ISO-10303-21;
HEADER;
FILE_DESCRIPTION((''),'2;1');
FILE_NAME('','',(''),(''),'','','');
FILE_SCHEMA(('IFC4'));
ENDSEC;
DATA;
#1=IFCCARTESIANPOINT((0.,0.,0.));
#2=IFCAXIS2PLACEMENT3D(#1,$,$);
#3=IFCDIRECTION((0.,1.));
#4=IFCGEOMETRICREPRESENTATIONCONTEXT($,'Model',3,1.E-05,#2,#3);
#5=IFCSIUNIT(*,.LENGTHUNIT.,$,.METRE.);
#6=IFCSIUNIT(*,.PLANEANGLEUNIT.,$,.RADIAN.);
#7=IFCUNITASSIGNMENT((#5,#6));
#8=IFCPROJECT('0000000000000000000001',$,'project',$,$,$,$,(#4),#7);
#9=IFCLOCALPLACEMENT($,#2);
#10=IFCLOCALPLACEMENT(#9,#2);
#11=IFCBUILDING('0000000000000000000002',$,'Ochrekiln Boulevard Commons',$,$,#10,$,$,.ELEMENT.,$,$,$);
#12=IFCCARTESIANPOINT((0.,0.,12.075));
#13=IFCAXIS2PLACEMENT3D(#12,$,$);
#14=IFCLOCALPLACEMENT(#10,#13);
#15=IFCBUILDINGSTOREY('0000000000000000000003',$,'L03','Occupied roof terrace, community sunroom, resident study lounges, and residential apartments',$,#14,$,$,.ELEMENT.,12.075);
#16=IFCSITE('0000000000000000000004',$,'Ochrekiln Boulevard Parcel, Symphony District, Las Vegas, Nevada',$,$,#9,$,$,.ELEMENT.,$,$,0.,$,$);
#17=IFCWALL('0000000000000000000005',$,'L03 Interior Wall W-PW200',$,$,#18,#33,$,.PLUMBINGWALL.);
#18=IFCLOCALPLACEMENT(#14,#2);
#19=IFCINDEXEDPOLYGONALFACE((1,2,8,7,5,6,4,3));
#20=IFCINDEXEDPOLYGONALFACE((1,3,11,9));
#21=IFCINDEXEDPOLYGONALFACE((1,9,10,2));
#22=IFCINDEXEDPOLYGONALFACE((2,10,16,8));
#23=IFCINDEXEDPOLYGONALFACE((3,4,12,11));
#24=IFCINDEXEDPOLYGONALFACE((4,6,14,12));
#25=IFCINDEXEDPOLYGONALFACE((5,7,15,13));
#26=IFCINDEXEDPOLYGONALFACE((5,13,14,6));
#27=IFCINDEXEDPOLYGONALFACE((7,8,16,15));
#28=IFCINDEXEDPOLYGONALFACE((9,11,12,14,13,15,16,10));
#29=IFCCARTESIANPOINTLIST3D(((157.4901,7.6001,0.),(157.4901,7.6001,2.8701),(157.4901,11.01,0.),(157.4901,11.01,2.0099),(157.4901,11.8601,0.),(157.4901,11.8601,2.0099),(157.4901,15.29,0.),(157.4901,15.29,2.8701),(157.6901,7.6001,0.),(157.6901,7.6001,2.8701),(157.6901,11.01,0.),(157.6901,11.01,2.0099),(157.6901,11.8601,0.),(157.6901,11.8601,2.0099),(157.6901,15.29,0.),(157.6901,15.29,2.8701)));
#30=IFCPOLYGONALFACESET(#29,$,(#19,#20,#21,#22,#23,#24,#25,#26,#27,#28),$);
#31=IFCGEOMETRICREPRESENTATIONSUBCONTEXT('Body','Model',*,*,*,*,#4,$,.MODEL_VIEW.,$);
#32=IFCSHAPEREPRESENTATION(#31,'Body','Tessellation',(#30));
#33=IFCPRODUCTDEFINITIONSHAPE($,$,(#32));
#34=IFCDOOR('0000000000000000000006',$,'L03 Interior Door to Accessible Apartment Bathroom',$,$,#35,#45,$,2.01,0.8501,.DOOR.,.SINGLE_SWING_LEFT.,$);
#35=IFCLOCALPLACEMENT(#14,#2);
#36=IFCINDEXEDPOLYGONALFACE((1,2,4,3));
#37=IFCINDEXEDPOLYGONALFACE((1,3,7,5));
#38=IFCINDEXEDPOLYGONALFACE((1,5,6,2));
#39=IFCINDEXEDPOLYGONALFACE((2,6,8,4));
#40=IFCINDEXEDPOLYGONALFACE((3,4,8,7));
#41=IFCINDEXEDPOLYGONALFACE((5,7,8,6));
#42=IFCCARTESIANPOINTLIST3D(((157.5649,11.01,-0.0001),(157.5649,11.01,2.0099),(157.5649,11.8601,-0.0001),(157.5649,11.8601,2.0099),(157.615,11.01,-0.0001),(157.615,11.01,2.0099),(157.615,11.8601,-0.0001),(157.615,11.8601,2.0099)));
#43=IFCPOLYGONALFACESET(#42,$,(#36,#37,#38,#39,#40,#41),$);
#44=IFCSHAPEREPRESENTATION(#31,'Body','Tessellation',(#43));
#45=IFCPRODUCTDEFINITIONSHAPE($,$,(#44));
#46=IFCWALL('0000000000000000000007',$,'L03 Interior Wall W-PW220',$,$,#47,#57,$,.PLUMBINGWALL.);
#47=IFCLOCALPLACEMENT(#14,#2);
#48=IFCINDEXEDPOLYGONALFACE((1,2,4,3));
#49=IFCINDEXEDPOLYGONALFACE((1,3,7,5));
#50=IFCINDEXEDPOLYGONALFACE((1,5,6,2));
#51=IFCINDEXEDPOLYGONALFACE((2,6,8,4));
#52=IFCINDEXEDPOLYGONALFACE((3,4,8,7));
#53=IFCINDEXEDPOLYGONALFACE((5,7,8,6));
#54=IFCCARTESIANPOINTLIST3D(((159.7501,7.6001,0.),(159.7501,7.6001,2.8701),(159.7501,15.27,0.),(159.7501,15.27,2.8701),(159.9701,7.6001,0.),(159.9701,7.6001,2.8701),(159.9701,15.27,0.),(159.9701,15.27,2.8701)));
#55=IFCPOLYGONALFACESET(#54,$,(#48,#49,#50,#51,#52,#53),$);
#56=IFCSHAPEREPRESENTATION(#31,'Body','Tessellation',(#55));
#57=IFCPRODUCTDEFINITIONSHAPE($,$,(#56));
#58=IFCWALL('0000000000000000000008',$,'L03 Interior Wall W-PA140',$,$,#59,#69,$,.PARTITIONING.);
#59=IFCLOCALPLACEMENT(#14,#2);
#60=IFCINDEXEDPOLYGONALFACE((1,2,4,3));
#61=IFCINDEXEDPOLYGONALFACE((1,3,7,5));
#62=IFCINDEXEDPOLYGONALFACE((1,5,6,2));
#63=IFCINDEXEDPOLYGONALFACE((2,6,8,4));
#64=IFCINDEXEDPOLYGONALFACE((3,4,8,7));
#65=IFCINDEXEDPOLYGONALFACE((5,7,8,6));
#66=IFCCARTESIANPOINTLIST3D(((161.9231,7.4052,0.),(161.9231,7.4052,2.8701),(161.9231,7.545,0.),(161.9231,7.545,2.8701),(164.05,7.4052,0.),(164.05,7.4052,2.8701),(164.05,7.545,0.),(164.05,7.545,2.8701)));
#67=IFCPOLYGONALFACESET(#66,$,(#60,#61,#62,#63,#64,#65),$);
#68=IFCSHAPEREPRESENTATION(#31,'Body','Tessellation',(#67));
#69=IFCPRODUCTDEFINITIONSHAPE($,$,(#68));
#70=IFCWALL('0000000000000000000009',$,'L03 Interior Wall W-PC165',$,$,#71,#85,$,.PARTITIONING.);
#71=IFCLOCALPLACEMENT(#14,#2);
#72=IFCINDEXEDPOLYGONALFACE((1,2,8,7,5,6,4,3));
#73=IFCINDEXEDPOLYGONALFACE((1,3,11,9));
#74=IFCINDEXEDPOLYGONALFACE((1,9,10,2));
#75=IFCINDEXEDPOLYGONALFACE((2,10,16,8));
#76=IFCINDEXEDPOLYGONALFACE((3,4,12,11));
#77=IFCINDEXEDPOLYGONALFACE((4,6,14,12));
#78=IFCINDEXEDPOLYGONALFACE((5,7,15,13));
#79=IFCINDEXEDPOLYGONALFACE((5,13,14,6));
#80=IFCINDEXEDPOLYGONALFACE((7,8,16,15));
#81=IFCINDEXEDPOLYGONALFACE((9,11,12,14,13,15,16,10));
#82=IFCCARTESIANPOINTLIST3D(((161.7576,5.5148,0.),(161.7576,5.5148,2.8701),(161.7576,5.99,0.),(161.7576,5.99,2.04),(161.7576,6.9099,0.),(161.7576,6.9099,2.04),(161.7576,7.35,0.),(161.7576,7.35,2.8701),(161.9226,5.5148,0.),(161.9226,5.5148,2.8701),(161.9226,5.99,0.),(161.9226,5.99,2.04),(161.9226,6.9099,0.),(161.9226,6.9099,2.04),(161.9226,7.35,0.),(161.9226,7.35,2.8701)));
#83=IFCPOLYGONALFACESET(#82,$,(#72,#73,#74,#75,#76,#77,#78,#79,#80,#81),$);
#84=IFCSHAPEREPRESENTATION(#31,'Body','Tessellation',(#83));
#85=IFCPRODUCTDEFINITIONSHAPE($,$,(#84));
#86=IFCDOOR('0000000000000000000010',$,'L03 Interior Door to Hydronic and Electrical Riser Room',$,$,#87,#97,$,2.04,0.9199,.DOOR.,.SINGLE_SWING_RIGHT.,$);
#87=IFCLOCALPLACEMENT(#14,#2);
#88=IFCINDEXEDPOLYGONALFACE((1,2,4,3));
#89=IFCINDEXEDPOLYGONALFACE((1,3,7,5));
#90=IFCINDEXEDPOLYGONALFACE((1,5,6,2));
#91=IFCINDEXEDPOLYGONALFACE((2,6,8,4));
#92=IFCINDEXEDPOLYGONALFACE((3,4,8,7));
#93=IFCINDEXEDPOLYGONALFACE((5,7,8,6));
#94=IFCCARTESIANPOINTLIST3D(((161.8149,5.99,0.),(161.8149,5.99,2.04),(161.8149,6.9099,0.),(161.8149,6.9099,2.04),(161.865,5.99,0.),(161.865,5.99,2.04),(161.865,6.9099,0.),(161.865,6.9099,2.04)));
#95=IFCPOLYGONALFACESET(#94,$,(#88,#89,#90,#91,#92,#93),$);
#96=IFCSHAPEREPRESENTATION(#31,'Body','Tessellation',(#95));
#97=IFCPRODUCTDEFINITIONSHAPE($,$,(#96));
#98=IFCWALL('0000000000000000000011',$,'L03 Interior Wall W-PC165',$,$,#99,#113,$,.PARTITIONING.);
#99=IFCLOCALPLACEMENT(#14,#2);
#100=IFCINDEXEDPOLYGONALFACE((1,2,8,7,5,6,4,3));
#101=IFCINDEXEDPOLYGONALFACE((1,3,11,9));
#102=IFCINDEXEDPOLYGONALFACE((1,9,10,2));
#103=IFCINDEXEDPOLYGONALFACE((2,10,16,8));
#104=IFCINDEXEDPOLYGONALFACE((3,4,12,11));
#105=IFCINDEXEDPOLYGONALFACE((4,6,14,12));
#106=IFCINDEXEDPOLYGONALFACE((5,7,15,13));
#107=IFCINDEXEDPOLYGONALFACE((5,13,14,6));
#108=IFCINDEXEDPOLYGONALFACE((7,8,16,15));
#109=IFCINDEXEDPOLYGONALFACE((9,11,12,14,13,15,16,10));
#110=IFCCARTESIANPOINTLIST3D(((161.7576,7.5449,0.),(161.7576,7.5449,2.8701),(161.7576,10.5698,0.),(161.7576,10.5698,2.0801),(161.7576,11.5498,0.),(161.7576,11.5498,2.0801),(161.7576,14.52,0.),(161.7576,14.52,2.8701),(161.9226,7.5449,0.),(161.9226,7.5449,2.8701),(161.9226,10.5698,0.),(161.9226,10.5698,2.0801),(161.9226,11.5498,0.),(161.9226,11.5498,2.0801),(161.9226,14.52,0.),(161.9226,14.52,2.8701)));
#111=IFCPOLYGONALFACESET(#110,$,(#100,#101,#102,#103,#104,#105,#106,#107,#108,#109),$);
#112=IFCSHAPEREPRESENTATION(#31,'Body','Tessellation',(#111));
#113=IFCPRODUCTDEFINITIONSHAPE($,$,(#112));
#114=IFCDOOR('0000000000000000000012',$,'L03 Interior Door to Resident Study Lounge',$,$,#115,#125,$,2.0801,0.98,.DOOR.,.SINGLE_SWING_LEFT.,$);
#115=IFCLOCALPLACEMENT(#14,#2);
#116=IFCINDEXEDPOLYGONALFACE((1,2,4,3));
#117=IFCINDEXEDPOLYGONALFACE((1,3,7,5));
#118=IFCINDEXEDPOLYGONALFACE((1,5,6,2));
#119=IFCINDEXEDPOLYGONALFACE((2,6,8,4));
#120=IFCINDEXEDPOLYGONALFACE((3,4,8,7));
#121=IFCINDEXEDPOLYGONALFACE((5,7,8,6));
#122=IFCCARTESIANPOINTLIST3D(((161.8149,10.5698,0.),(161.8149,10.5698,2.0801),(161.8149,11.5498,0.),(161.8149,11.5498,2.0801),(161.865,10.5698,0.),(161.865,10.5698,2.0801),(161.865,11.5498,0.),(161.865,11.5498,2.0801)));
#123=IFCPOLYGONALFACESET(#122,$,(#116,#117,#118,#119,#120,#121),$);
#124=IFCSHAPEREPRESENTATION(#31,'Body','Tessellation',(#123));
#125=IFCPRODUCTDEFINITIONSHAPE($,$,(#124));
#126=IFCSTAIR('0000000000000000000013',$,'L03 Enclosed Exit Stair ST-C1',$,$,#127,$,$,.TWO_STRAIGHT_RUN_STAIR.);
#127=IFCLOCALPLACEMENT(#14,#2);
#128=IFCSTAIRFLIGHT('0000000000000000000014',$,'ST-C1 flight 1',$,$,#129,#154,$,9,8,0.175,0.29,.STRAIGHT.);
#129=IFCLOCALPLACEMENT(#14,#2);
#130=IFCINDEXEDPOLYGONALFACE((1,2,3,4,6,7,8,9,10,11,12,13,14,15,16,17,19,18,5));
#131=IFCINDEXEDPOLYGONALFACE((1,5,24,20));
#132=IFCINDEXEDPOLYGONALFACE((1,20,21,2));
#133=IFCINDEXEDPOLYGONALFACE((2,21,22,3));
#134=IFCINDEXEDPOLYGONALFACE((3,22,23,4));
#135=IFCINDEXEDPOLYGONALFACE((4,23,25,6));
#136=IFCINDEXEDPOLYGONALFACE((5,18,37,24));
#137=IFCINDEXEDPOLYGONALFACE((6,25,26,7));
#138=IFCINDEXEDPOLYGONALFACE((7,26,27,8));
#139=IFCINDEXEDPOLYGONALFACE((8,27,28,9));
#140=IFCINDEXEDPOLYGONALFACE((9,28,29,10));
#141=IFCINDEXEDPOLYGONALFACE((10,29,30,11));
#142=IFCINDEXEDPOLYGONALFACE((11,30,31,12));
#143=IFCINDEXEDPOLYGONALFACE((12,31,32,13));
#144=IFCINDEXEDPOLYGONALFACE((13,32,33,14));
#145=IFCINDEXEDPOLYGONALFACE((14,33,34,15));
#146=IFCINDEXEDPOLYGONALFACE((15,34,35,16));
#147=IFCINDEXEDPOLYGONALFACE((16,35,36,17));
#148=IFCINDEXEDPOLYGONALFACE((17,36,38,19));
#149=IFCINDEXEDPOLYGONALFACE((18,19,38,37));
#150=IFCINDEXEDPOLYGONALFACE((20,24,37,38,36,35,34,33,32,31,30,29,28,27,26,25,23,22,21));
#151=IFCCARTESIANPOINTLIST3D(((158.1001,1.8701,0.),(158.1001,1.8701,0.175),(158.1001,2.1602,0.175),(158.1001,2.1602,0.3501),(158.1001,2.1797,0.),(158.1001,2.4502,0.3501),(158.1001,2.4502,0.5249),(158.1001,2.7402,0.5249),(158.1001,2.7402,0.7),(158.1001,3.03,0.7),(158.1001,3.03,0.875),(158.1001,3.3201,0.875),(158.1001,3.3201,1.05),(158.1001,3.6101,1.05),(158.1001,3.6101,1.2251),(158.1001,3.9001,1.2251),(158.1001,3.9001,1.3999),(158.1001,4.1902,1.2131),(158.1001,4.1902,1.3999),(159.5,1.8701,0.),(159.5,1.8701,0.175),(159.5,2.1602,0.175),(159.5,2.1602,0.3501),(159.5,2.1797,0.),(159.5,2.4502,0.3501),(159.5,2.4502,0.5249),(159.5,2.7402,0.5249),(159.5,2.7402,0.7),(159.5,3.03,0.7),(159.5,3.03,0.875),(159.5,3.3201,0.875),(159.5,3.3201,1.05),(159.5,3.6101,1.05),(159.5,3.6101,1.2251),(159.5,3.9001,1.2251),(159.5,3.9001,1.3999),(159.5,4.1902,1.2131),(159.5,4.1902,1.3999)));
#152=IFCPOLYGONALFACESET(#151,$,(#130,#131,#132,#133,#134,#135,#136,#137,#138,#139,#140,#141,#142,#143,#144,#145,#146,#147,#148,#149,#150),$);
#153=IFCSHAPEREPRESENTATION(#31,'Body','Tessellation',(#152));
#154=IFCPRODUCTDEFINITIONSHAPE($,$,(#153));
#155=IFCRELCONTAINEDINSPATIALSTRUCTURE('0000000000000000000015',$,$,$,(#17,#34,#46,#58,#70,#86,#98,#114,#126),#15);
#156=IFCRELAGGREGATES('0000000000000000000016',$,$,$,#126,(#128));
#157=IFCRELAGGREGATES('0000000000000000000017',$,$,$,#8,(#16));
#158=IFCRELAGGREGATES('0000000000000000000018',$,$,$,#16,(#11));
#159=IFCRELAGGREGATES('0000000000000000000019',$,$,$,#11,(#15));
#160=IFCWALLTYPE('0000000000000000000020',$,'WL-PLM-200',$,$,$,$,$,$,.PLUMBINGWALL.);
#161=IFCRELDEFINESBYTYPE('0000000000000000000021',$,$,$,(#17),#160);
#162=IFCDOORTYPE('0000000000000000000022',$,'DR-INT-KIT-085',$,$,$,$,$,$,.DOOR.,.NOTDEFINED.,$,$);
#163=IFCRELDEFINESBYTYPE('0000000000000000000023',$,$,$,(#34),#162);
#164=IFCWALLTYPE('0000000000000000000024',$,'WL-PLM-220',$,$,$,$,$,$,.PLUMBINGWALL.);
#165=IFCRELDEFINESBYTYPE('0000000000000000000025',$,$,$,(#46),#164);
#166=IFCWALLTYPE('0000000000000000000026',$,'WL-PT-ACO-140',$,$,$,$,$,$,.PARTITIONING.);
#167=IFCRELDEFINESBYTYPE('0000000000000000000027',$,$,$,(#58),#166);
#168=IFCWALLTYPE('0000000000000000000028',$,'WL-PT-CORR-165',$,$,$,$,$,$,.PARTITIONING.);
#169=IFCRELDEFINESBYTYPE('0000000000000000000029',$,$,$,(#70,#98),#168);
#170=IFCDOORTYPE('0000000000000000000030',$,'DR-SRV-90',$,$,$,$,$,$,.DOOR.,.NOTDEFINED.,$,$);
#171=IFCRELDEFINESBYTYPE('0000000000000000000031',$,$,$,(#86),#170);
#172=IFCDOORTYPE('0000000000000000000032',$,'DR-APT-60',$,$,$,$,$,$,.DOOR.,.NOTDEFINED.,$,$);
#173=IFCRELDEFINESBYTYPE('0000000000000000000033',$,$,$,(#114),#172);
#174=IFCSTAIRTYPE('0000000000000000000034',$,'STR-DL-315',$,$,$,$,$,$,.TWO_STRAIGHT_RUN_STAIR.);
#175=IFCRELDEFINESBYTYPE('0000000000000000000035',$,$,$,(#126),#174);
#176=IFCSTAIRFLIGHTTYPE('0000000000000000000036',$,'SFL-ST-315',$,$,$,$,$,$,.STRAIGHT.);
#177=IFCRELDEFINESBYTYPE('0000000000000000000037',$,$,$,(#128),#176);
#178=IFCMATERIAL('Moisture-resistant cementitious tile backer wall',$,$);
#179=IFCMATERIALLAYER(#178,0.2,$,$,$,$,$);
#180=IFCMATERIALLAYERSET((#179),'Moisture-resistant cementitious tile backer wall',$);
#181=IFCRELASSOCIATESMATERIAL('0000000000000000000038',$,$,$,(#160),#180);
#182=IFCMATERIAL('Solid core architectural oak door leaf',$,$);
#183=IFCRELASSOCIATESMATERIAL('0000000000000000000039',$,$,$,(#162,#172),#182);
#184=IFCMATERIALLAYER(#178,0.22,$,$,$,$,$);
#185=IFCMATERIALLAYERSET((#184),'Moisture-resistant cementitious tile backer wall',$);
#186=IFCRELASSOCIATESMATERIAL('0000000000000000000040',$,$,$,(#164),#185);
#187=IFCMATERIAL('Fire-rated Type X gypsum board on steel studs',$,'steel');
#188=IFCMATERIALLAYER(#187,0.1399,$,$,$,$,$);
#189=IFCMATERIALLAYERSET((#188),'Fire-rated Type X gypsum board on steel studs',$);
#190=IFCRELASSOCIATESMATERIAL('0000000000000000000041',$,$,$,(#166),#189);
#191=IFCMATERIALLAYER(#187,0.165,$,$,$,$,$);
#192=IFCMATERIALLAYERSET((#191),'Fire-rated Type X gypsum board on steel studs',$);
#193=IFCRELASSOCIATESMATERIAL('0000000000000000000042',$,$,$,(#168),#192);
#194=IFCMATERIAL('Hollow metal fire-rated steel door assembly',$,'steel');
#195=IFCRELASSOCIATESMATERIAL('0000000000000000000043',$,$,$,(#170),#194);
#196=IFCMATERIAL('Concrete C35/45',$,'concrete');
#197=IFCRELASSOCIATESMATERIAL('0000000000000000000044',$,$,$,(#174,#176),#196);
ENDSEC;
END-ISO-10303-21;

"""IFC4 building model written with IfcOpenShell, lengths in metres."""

from ifc_helpers import new_model, si_unit, direction, frame, frame_2d, origin, place, context, subcontext, project, spatial, polyline, rectangle, outline, extrude, material, layer, layer_set, type_object, element, fill, aggregate, save


model = new_model("IFC4")

# Units and contexts
model_context = context("Model", 3, precision=1e-05, world=origin(), true_north=direction((0.0, 1.0)))
body_context = subcontext(model_context, "Body", "Model", "MODEL_VIEW")
ifc_project = project(units=[si_unit("LENGTHUNIT", "METRE"), si_unit("PLANEANGLEUNIT", "RADIAN")], contexts=[model_context])

# Site, building, storey
site_placement = place(None, origin())
site = spatial("IfcSite", under=ifc_project, at=site_placement, Name="Ochrekiln Boulevard Parcel, Symphony District, Las Vegas, Nevada", CompositionType="ELEMENT", RefElevation=0.0)
building_placement = place(site_placement, origin())
building = spatial("IfcBuilding", under=site, at=building_placement, Name="Ochrekiln Boulevard Commons", CompositionType="ELEMENT")
storey_placement = place(building_placement, frame((0.0, 0.0, 12.075)))
storey = spatial("IfcBuildingStorey", under=building, at=storey_placement, Name="L03", Description="Occupied roof terrace, community sunroom, resident study lounges, and residential apartments", CompositionType="ELEMENT", Elevation=12.075)

# Wall, opening, door
ifc_material_1 = material(Name="Moisture-resistant cementitious tile backer wall")
ifc_layer_1 = layer(ifc_material_1, 0.2)
ifc_layer_set_1 = layer_set([ifc_layer_1], Name="Moisture-resistant cementitious tile backer wall")
wall_type_1 = type_object("IfcWallType", Name="WL-PLM-200", PredefinedType="PLUMBINGWALL", material=ifc_layer_set_1)
wall_1_placement = place(storey_placement, frame((157.5901, 7.6001, 0.0), z_axis=(0.0, 0.0, 1.0), x_axis=(0.0, 1.0, 0.0)))
wall_1 = element("IfcWall", 1, at=wall_1_placement, inside=storey, type_object=wall_type_1, Name="L03 Interior Wall W-PW200", PredefinedType="PLUMBINGWALL", context=body_context, shape_type="SweptSolid", body=[
    extrude(rectangle(XDim=7.6899, YDim=0.2, at=frame_2d((3.845, 0.0))), origin(), (0.0, 0.0, 1.0), 2.8701),
])
opening_1_placement = place(wall_1_placement, frame((3.4099, 0.0, 0.0)))
opening_1 = element("IfcOpeningElement", 2, at=opening_1_placement, cuts=wall_1, PredefinedType="OPENING", context=body_context, shape_type="SweptSolid", body=[
    extrude(rectangle(XDim=0.8501, YDim=2.01, at=frame_2d((0.425, 1.0049))), frame((0.0, 0.1099, 0.0), z_axis=(0.0, -1.0, 0.0), x_axis=(1.0, 0.0, 0.0)), (0.0, 0.0, 1.0), 0.22),
])
ifc_material_2 = material(Name="Solid core architectural oak door leaf")
door_type_1 = type_object("IfcDoorType", Name="DR-INT-KIT-085", OperationType="NOTDEFINED", PredefinedType="DOOR", material=ifc_material_2)
door_1_placement = place(opening_1_placement, frame((0.8501, 0.0, 0.0), z_axis=(0.0, 0.0, 1.0), x_axis=(-1.0, 0.0, 0.0)))
door_1 = element("IfcDoor", 3, at=door_1_placement, inside=storey, type_object=door_type_1, Name="L03 Interior Door to Accessible Apartment Bathroom", OperationType="SINGLE_SWING_LEFT", OverallHeight=2.01, OverallWidth=0.8501, PredefinedType="DOOR", context=body_context, shape_type="SweptSolid", body=[
    extrude(rectangle(XDim=0.8501, YDim=2.01, at=frame_2d((0.425, 1.0049))), frame((0.0, 0.0249, 0.0), z_axis=(0.0, -1.0, 0.0), x_axis=(1.0, 0.0, 0.0)), (0.0, 0.0, 1.0), 0.05),
])
fill(opening_1, door_1)

# Walls
ifc_layer_2 = layer(ifc_material_1, 0.22)
ifc_layer_set_2 = layer_set([ifc_layer_2], Name="Moisture-resistant cementitious tile backer wall")
wall_type_2 = type_object("IfcWallType", Name="WL-PLM-220", PredefinedType="PLUMBINGWALL", material=ifc_layer_set_2)
wall_2_placement = place(storey_placement, frame((159.8601, 7.6001, 0.0), z_axis=(0.0, 0.0, 1.0), x_axis=(0.0, 1.0, 0.0)))
element("IfcWall", 4, at=wall_2_placement, inside=storey, type_object=wall_type_2, Name="L03 Interior Wall W-PW220", PredefinedType="PLUMBINGWALL", context=body_context, shape_type="SweptSolid", body=[
    extrude(rectangle(XDim=7.6699, YDim=0.22, at=frame_2d((3.835, 0.0))), origin(), (0.0, 0.0, 1.0), 2.8701),
])
ifc_material_3 = material(Name="Fire-rated Type X gypsum board on steel studs", Category="steel")
ifc_layer_3 = layer(ifc_material_3, 0.1399)
ifc_layer_set_3 = layer_set([ifc_layer_3], Name="Fire-rated Type X gypsum board on steel studs")
wall_type_3 = type_object("IfcWallType", Name="WL-PT-ACO-140", PredefinedType="PARTITIONING", material=ifc_layer_set_3)
wall_3_placement = place(storey_placement, frame((161.9231, 7.4751, 0.0), z_axis=(0.0, 0.0, 1.0), x_axis=(1.0, 0.0, 0.0)))
element("IfcWall", 5, at=wall_3_placement, inside=storey, type_object=wall_type_3, Name="L03 Interior Wall W-PA140", PredefinedType="PARTITIONING", context=body_context, shape_type="SweptSolid", body=[
    extrude(rectangle(XDim=2.127, YDim=0.1399, at=frame_2d((1.0635, 0.0))), origin(), (0.0, 0.0, 1.0), 2.8701),
])

# Walls, openings, doors
ifc_layer_4 = layer(ifc_material_3, 0.165)
ifc_layer_set_4 = layer_set([ifc_layer_4], Name="Fire-rated Type X gypsum board on steel studs")
wall_type_4 = type_object("IfcWallType", Name="WL-PT-CORR-165", PredefinedType="PARTITIONING", material=ifc_layer_set_4)
wall_4_placement = place(storey_placement, frame((161.8401, 5.5149, 0.0), z_axis=(0.0, 0.0, 1.0), x_axis=(0.0, 1.0, 0.0)))
wall_4 = element("IfcWall", 6, at=wall_4_placement, inside=storey, type_object=wall_type_4, Name="L03 Interior Wall W-PC165", PredefinedType="PARTITIONING", context=body_context, shape_type="SweptSolid", body=[
    extrude(rectangle(XDim=1.8352, YDim=0.165, at=frame_2d((0.9175, 0.0))), origin(), (0.0, 0.0, 1.0), 2.8701),
])
opening_2_placement = place(wall_4_placement, frame((0.4751, 0.0, 0.0)))
opening_2 = element("IfcOpeningElement", 7, at=opening_2_placement, cuts=wall_4, PredefinedType="OPENING", context=body_context, shape_type="SweptSolid", body=[
    extrude(rectangle(XDim=0.9199, YDim=2.04, at=frame_2d((0.46, 1.02))), frame((0.0, 0.0925, 0.0), z_axis=(0.0, -1.0, 0.0), x_axis=(1.0, 0.0, 0.0)), (0.0, 0.0, 1.0), 0.1851),
])
ifc_material_4 = material(Name="Hollow metal fire-rated steel door assembly", Category="steel")
door_type_2 = type_object("IfcDoorType", Name="DR-SRV-90", OperationType="NOTDEFINED", PredefinedType="DOOR", material=ifc_material_4)
door_2_placement = place(opening_2_placement, frame((0.9199, 0.0, 0.0), z_axis=(0.0, 0.0, 1.0), x_axis=(-1.0, 0.0, 0.0)))
door_2 = element("IfcDoor", 8, at=door_2_placement, inside=storey, type_object=door_type_2, Name="L03 Interior Door to Hydronic and Electrical Riser Room", OperationType="SINGLE_SWING_RIGHT", OverallHeight=2.04, OverallWidth=0.9199, PredefinedType="DOOR", context=body_context, shape_type="SweptSolid", body=[
    extrude(rectangle(XDim=0.9199, YDim=2.04, at=frame_2d((0.46, 1.02))), frame((0.0, 0.0249, 0.0), z_axis=(0.0, -1.0, 0.0), x_axis=(1.0, 0.0, 0.0)), (0.0, 0.0, 1.0), 0.05),
])
fill(opening_2, door_2)
wall_5_placement = place(storey_placement, frame((161.8401, 7.5449, 0.0), z_axis=(0.0, 0.0, 1.0), x_axis=(0.0, 1.0, 0.0)))
wall_5 = element("IfcWall", 9, at=wall_5_placement, inside=storey, type_object=wall_type_4, Name="L03 Interior Wall W-PC165", PredefinedType="PARTITIONING", context=body_context, shape_type="SweptSolid", body=[
    extrude(rectangle(XDim=6.9751, YDim=0.165, at=frame_2d((3.4875, 0.0))), origin(), (0.0, 0.0, 1.0), 2.8701),
])
opening_3_placement = place(wall_5_placement, frame((3.0249, 0.0, 0.0)))
opening_3 = element("IfcOpeningElement", 10, at=opening_3_placement, cuts=wall_5, PredefinedType="OPENING", context=body_context, shape_type="SweptSolid", body=[
    extrude(rectangle(XDim=0.98, YDim=2.0801, at=frame_2d((0.49, 1.04))), frame((0.0, 0.0925, 0.0), z_axis=(0.0, -1.0, 0.0), x_axis=(1.0, 0.0, 0.0)), (0.0, 0.0, 1.0), 0.1851),
])
door_type_3 = type_object("IfcDoorType", Name="DR-APT-60", OperationType="NOTDEFINED", PredefinedType="DOOR", material=ifc_material_2)
door_3_placement = place(opening_3_placement, frame((0.98, 0.0, 0.0), z_axis=(0.0, 0.0, 1.0), x_axis=(-1.0, 0.0, 0.0)))
door_3 = element("IfcDoor", 11, at=door_3_placement, inside=storey, type_object=door_type_3, Name="L03 Interior Door to Resident Study Lounge", OperationType="SINGLE_SWING_LEFT", OverallHeight=2.0801, OverallWidth=0.98, PredefinedType="DOOR", context=body_context, shape_type="SweptSolid", body=[
    extrude(rectangle(XDim=0.98, YDim=2.0801, at=frame_2d((0.49, 1.04))), frame((0.0, 0.0249, 0.0), z_axis=(0.0, -1.0, 0.0), x_axis=(1.0, 0.0, 0.0)), (0.0, 0.0, 1.0), 0.05),
])
fill(opening_3, door_3)

# Stair, stair flight
ifc_material_5 = material(Name="Concrete C35/45", Category="concrete")
stair_type = type_object("IfcStairType", Name="STR-DL-315", PredefinedType="TWO_STRAIGHT_RUN_STAIR", material=ifc_material_5)
stair_placement = place(storey_placement, origin())
stair = element("IfcStair", 12, at=stair_placement, inside=storey, type_object=stair_type, Name="L03 Enclosed Exit Stair ST-C1", PredefinedType="TWO_STRAIGHT_RUN_STAIR")
stair_flight_type = type_object("IfcStairFlightType", Name="SFL-ST-315", PredefinedType="STRAIGHT", material=ifc_material_5)
stair_flight_1_placement = place(storey_placement, frame((158.8, 1.8701, 0.0), z_axis=(0.0, 0.0, 1.0), x_axis=(0.0, 1.0, 0.0)))
stair_flight_1 = element("IfcStairFlight", 13, at=stair_flight_1_placement, type_object=stair_flight_type, Name="ST-C1 flight 1", NumberOfRisers=9, NumberOfTreads=8, PredefinedType="STRAIGHT", RiserHeight=0.175, TreadLength=0.29, context=body_context, shape_type="SweptSolid", body=[
    extrude(outline(polyline([(0.0, 0.0), (0.0, 0.175), (0.29, 0.175), (0.29, 0.3501), (0.5801, 0.3501), (0.5801, 0.5249), (0.8701, 0.5249), (0.8701, 0.7), (1.1599, 0.7), (1.1599, 0.875), (1.45, 0.875), (1.45, 1.05), (1.74, 1.05), (1.74, 1.2251), (2.03, 1.2251), (2.03, 1.3999), (2.3201, 1.3999), (2.3201, 1.575), (2.3201, 1.2131), (0.3096, 0.0), (0.0, 0.0)])), frame((0.0, 0.7, 0.0), z_axis=(0.0, -1.0, 0.0), x_axis=(1.0, 0.0, 0.0)), (0.0, 0.0, 1.0), 1.3999),
])
aggregate(stair, [stair_flight_1])

save(model, "model.ifc")
